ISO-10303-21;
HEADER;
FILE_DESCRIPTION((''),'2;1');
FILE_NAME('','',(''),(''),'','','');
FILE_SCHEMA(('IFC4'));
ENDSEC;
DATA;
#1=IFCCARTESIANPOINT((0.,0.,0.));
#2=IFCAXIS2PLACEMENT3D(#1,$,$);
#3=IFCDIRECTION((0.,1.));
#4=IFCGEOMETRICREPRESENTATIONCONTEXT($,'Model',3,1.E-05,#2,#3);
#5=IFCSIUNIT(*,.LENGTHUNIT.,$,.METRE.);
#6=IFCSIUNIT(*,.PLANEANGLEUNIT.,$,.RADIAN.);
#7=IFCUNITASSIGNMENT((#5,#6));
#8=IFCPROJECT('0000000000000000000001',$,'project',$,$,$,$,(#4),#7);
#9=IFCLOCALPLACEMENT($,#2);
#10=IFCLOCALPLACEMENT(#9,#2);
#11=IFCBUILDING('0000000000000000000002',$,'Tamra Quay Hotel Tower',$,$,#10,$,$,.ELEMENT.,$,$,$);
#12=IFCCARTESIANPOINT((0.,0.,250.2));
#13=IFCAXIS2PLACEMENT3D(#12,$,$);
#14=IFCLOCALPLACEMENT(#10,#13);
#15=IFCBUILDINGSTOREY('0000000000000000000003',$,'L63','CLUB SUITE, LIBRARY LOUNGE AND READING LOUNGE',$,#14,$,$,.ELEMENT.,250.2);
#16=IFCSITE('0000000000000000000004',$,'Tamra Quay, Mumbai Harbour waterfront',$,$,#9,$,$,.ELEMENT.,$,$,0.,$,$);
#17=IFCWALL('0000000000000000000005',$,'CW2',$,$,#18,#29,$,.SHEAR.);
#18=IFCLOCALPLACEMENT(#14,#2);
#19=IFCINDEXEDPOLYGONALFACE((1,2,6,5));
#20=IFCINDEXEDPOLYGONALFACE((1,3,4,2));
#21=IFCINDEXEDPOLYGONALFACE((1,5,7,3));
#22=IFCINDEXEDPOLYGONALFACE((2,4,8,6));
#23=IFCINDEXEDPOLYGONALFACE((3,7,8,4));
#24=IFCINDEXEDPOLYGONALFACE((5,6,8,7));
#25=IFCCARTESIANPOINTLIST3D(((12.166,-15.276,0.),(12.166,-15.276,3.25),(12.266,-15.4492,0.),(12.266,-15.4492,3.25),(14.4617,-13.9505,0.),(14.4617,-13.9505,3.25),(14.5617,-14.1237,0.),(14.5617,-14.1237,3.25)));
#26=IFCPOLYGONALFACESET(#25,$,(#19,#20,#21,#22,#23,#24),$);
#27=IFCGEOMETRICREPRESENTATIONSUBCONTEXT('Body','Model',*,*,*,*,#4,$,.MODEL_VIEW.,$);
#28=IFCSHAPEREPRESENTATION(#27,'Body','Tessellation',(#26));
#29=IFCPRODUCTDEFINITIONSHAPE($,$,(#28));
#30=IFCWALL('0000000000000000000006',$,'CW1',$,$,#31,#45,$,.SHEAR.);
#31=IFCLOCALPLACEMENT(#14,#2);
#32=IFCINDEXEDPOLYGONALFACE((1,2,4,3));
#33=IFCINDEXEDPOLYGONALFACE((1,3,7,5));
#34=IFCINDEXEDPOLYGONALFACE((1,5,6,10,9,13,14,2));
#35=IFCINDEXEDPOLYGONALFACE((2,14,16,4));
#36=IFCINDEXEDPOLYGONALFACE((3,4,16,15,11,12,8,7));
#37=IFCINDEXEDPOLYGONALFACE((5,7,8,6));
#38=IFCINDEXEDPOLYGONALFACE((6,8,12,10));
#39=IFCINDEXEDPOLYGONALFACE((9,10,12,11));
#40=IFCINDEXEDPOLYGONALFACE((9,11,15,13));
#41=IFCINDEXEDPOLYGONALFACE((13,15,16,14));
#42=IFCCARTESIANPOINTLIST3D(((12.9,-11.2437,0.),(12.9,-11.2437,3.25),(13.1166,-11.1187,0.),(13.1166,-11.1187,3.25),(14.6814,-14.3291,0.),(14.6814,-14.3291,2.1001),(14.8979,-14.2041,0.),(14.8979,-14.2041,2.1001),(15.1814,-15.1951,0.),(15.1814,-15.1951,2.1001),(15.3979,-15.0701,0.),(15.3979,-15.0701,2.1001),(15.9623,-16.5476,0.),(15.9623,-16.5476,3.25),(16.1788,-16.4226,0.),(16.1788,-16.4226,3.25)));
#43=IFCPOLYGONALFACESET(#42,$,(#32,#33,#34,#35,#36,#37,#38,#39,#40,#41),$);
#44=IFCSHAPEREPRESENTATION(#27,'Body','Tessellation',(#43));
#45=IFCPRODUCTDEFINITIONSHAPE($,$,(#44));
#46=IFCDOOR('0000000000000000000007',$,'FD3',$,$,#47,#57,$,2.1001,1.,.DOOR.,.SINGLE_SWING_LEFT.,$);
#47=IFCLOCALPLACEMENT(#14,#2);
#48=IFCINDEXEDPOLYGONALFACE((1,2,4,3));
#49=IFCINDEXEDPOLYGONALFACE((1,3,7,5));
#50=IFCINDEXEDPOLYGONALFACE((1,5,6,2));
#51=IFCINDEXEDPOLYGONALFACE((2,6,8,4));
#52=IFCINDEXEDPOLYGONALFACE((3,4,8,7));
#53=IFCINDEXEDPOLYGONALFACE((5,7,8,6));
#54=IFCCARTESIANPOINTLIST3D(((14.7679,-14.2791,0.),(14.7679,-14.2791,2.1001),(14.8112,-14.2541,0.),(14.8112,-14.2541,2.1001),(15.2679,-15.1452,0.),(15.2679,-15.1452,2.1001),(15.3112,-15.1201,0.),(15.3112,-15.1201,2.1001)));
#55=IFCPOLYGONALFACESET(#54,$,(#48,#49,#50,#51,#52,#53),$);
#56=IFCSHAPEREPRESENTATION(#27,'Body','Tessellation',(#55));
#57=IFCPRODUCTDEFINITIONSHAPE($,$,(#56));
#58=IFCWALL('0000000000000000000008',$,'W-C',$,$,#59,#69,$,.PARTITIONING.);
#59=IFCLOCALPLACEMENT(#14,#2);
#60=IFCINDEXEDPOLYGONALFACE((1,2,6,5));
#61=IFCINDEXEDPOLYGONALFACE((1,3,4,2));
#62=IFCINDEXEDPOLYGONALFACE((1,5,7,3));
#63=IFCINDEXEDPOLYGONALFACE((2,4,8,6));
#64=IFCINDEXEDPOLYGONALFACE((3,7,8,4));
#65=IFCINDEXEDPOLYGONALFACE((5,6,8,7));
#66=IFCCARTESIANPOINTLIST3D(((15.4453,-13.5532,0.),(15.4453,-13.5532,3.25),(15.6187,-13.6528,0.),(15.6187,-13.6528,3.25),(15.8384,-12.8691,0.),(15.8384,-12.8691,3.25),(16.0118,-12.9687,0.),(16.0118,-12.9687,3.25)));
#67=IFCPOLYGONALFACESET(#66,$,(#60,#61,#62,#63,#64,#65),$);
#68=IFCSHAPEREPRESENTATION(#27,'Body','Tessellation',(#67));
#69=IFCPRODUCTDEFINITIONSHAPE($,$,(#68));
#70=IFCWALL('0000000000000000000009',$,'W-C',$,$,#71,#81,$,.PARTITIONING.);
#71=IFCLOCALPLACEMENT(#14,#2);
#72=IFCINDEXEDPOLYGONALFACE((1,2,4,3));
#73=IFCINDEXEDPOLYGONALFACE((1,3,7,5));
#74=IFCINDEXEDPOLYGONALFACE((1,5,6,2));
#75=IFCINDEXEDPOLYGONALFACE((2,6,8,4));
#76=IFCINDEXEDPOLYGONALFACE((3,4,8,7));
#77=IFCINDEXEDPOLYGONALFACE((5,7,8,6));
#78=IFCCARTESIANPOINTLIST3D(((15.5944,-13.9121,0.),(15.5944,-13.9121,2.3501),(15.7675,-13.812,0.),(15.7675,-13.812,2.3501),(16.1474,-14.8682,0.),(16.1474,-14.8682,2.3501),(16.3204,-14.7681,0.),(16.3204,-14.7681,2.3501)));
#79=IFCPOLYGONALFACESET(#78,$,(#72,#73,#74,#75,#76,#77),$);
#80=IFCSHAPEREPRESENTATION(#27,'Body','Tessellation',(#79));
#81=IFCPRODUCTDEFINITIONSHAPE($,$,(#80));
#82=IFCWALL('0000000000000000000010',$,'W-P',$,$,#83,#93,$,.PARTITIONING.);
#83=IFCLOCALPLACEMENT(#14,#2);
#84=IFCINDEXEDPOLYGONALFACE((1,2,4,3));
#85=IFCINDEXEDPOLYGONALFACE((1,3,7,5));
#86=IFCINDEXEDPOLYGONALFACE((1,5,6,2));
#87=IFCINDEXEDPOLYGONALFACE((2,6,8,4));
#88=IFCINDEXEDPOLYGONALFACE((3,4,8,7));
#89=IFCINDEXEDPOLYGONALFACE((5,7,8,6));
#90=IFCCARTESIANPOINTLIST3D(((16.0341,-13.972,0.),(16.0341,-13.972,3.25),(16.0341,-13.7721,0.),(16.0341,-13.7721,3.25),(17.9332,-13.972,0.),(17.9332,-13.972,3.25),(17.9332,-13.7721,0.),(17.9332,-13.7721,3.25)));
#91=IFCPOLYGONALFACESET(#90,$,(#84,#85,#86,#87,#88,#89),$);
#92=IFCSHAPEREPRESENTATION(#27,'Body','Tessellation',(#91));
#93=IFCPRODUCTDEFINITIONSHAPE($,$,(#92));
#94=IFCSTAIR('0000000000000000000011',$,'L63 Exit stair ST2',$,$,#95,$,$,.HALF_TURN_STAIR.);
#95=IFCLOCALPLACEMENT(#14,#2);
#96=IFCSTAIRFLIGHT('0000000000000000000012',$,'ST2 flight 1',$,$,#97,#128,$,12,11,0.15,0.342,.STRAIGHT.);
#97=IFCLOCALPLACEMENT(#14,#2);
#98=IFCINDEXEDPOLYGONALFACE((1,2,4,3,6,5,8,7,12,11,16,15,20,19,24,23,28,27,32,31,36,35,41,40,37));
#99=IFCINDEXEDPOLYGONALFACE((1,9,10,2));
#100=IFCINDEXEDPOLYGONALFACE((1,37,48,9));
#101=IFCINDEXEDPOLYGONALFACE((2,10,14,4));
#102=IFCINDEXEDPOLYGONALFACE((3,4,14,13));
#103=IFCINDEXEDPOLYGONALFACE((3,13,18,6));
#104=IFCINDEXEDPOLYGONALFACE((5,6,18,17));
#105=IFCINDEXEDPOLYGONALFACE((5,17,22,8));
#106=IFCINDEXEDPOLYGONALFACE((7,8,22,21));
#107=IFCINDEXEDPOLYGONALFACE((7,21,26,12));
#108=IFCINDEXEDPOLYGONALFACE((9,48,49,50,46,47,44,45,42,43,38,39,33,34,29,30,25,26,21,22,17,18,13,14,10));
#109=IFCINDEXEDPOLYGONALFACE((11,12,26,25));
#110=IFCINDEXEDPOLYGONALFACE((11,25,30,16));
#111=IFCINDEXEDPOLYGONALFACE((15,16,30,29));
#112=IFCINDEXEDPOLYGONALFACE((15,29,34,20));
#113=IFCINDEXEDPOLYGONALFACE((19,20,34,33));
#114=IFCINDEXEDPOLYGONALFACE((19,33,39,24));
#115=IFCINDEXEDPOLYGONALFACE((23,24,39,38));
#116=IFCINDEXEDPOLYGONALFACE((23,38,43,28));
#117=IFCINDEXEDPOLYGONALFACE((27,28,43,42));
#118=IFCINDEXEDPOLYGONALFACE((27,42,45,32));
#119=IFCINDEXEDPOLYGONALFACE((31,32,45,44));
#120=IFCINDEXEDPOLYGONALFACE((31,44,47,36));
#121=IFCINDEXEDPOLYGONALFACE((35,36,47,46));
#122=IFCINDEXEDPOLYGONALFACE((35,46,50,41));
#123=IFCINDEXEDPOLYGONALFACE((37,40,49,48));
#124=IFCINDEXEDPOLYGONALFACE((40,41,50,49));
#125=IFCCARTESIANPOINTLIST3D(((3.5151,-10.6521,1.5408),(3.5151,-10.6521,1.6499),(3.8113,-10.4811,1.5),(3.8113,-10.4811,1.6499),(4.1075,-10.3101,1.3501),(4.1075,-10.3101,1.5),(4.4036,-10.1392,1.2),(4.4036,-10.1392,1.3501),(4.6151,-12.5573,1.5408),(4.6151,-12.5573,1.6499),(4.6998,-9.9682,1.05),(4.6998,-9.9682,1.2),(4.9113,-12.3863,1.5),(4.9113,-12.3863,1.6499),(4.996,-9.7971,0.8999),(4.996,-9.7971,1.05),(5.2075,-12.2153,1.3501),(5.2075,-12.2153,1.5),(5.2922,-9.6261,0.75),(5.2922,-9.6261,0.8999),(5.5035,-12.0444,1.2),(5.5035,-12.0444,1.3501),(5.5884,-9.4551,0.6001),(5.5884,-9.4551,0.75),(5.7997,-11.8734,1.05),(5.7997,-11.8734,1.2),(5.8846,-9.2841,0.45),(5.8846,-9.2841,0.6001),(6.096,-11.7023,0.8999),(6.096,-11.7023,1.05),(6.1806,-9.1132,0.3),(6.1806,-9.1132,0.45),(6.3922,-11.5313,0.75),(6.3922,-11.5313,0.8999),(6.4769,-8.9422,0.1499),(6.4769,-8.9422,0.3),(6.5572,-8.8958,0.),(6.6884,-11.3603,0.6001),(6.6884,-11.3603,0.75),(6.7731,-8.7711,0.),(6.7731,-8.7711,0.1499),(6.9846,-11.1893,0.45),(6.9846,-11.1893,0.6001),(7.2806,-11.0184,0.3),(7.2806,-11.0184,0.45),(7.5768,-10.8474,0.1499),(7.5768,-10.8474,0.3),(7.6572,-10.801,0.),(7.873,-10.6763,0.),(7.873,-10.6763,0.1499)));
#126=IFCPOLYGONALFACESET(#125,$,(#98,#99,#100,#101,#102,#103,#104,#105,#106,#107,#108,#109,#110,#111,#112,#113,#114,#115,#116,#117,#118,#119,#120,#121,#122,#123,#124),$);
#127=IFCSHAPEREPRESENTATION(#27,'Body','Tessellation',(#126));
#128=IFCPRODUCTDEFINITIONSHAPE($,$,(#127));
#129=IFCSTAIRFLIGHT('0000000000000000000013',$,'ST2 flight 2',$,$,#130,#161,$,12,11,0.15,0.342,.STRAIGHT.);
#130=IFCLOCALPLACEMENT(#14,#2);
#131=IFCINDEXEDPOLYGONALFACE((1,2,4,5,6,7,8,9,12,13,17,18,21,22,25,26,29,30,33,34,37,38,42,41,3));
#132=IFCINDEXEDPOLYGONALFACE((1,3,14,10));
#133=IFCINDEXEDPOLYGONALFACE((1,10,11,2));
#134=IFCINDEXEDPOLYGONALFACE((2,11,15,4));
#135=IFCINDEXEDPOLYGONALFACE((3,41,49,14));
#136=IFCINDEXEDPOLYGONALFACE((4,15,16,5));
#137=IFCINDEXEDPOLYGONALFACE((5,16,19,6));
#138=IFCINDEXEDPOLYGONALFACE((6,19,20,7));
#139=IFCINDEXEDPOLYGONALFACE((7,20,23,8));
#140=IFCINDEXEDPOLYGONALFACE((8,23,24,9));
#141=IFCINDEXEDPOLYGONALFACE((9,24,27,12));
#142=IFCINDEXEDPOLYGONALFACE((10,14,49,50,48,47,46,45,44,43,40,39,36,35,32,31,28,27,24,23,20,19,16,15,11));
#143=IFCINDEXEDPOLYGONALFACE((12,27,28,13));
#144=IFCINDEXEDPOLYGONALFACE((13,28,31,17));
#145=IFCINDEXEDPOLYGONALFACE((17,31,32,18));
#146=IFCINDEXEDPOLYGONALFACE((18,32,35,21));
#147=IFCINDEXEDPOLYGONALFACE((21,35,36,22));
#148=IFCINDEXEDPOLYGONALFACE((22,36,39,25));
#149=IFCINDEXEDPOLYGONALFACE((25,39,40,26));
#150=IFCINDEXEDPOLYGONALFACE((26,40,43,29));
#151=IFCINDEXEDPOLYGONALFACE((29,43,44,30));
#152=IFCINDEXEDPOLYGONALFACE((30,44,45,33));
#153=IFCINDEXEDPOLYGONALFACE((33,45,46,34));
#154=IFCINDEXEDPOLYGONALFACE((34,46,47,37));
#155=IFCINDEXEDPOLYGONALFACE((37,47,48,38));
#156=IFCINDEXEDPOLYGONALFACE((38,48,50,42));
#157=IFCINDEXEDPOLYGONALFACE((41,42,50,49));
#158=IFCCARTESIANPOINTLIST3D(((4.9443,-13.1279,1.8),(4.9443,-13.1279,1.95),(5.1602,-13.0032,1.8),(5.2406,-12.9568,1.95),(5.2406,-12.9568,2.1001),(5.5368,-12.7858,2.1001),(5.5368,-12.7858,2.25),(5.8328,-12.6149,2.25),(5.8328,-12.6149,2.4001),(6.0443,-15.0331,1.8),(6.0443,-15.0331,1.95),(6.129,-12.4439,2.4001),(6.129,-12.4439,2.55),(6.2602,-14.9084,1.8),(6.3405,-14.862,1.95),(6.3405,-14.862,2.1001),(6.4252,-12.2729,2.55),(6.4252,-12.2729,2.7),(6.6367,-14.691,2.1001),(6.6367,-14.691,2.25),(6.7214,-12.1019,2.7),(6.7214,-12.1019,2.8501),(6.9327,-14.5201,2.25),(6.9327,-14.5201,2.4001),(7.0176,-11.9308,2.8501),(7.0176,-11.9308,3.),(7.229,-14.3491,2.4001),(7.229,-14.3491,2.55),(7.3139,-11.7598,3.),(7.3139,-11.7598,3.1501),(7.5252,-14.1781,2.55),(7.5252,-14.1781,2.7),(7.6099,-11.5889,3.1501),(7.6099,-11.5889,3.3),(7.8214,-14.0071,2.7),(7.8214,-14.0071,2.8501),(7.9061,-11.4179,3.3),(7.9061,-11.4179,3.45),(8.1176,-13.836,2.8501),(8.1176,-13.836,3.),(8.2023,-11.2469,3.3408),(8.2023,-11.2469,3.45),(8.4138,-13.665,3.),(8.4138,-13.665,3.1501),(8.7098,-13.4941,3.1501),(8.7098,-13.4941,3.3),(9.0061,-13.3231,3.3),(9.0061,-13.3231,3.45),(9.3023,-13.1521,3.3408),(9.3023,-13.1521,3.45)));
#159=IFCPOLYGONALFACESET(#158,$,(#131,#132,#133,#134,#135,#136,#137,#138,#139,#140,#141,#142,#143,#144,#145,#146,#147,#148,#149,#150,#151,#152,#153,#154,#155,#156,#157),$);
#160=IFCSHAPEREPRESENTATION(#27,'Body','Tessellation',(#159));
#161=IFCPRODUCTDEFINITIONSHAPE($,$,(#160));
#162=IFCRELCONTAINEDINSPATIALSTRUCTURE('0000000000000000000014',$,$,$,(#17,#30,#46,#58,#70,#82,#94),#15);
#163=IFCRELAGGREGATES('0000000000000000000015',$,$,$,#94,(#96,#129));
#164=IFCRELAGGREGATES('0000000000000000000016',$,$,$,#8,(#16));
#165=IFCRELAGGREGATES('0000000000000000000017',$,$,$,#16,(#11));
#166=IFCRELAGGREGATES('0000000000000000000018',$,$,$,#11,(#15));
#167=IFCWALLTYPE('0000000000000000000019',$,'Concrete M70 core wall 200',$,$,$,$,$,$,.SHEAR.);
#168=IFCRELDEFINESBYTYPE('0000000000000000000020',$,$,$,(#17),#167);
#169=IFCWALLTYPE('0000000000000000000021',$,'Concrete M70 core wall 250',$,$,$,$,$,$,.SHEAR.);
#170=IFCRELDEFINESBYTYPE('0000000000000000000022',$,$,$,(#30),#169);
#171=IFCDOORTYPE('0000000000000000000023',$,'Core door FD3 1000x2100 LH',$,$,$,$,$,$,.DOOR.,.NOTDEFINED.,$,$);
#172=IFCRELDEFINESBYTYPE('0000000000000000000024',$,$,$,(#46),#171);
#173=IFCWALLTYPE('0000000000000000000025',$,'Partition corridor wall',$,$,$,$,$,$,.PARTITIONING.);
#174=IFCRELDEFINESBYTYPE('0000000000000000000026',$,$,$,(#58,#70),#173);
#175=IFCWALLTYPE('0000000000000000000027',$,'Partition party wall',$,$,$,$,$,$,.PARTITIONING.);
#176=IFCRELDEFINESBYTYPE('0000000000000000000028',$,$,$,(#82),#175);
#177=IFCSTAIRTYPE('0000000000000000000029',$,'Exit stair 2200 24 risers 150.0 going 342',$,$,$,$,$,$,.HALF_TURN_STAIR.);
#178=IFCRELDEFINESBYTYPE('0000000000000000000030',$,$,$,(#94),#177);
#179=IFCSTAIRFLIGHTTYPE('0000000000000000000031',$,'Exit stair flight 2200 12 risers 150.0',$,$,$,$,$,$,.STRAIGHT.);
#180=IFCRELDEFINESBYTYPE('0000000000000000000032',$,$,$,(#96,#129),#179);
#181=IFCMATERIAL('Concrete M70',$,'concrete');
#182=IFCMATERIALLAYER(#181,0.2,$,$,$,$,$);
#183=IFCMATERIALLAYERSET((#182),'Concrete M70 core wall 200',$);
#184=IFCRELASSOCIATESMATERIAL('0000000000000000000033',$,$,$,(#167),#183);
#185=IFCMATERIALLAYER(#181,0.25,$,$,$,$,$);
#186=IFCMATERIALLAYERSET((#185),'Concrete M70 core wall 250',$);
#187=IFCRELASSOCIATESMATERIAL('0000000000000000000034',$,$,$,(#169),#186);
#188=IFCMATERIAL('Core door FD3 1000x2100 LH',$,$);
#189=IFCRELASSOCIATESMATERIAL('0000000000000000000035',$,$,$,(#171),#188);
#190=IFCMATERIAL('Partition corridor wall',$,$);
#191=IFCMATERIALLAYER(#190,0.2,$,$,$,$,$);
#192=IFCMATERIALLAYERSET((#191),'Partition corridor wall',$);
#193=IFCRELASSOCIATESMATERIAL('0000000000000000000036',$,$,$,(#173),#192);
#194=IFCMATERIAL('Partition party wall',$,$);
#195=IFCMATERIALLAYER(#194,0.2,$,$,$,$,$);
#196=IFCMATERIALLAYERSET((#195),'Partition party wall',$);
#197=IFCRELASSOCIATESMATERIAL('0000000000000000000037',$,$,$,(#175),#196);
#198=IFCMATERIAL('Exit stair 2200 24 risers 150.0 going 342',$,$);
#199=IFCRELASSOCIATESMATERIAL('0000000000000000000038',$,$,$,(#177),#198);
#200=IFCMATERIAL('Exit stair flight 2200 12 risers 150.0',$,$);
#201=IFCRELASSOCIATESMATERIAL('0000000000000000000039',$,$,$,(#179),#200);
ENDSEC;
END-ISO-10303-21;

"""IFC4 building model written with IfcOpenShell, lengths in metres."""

from ifc_helpers import new_model, si_unit, direction, frame, frame_2d, origin, place, context, subcontext, project, spatial, polyline, rectangle, outline, extrude, material, layer, layer_set, type_object, element, fill, aggregate, save


model = new_model("IFC4")

# Units and contexts
model_context = context("Model", 3, precision=1e-05, world=origin(), true_north=direction((0.0, 1.0)))
body_context = subcontext(model_context, "Body", "Model", "MODEL_VIEW")
ifc_project = project(units=[si_unit("LENGTHUNIT", "METRE"), si_unit("PLANEANGLEUNIT", "RADIAN")], contexts=[model_context])

# Site, building, storey
site_placement = place(None, origin())
site = spatial("IfcSite", under=ifc_project, at=site_placement, Name="Tamra Quay, Mumbai Harbour waterfront", CompositionType="ELEMENT", RefElevation=0.0)
building_placement = place(site_placement, origin())
building = spatial("IfcBuilding", under=site, at=building_placement, Name="Tamra Quay Hotel Tower", CompositionType="ELEMENT")
storey_placement = place(building_placement, frame((0.0, 0.0, 250.2)))
storey = spatial("IfcBuildingStorey", under=building, at=storey_placement, Name="L63", Description="CLUB SUITE, LIBRARY LOUNGE AND READING LOUNGE", CompositionType="ELEMENT", Elevation=250.2)

# Shared definitions
ifc_material_1 = material(Name="Concrete M70", Category="concrete")

# Shared definitions
ifc_layer_1 = layer(ifc_material_1, 0.2)
ifc_layer_set_1 = layer_set([ifc_layer_1], Name="Concrete M70 core wall 200")
wall_type_1 = type_object("IfcWallType", Name="Concrete M70 core wall 200", PredefinedType="SHEAR", material=ifc_layer_set_1)

# Wall
wall_1_placement = place(storey_placement, frame((14.5117, -14.0371, 0.0), z_axis=(0.0, 0.0, 1.0), x_axis=(-0.866018, -0.500012, 0.0)))
element("IfcWall", 1, at=wall_1_placement, inside=storey, type_object=wall_type_1, Name="CW2", PredefinedType="SHEAR", context=body_context, shape_type="SweptSolid", body=[
    extrude(rectangle(XDim=2.6509, YDim=0.2, at=frame_2d((1.3254, 0.0))), origin(), (0.0, 0.0, 1.0), 3.25),
])

# Wall, opening, door
ifc_layer_2 = layer(ifc_material_1, 0.25)
ifc_layer_set_2 = layer_set([ifc_layer_2], Name="Concrete M70 core wall 250")
wall_type_2 = type_object("IfcWallType", Name="Concrete M70 core wall 250", PredefinedType="SHEAR", material=ifc_layer_set_2)
wall_2_placement = place(storey_placement, frame((13.0083, -11.1812, 0.0), z_axis=(0.0, 0.0, 1.0), x_axis=(0.500002, -0.866024, 0.0)))
wall_2 = element("IfcWall", 2, at=wall_2_placement, inside=storey, type_object=wall_type_2, Name="CW1", PredefinedType="SHEAR", context=body_context, shape_type="SweptSolid", body=[
    extrude(rectangle(XDim=6.1245, YDim=0.25, at=frame_2d((3.0623, 0.0))), origin(), (0.0, 0.0, 1.0), 3.25),
])
opening_1_placement = place(wall_2_placement, frame((3.5627, 0.0, 0.0)))
opening_1 = element("IfcOpeningElement", 3, at=opening_1_placement, cuts=wall_2, PredefinedType="OPENING", context=body_context, shape_type="SweptSolid", body=[
    extrude(rectangle(XDim=1.0, YDim=2.1001, at=frame_2d((0.5, 1.05))), frame((0.0, 0.135, 0.0), z_axis=(0.0, -1.0, 0.0), x_axis=(1.0, 0.0, 0.0)), (0.0, 0.0, 1.0), 0.27),
])
ifc_material_2 = material(Name="Core door FD3 1000x2100 LH")
door_type_1 = type_object("IfcDoorType", Name="Core door FD3 1000x2100 LH", OperationType="NOTDEFINED", PredefinedType="DOOR", material=ifc_material_2)
door_1_placement = place(opening_1_placement, origin())
door_1 = element("IfcDoor", 4, at=door_1_placement, inside=storey, type_object=door_type_1, Name="FD3", OperationType="SINGLE_SWING_LEFT", OverallHeight=2.1001, OverallWidth=1.0, PredefinedType="DOOR", context=body_context, shape_type="SweptSolid", body=[
    extrude(rectangle(XDim=1.0, YDim=2.1001, at=frame_2d((0.5, 1.05))), frame((0.0, 0.0249, 0.0), z_axis=(0.0, -1.0, 0.0), x_axis=(1.0, 0.0, 0.0)), (0.0, 0.0, 1.0), 0.05),
])
fill(opening_1, door_1)

# Walls
ifc_material_3 = material(Name="Partition corridor wall")
ifc_layer_3 = layer(ifc_material_3, 0.2)
ifc_layer_set_3 = layer_set([ifc_layer_3], Name="Partition corridor wall")
wall_type_3 = type_object("IfcWallType", Name="Partition corridor wall", PredefinedType="PARTITIONING", material=ifc_layer_set_3)
wall_3_placement = place(storey_placement, frame((15.532, -13.603, 0.0), z_axis=(0.0, 0.0, 1.0), x_axis=(0.498204, 0.86706, 0.0)))
element("IfcWall", 5, at=wall_3_placement, inside=storey, type_object=wall_type_3, Name="W-C", PredefinedType="PARTITIONING", context=body_context, shape_type="SweptSolid", body=[
    extrude(rectangle(XDim=0.7891, YDim=0.2, at=frame_2d((0.3945, 0.0))), origin(), (0.0, 0.0, 1.0), 3.25),
])
wall_4_placement = place(storey_placement, frame((15.6809, -13.8621, 0.0), z_axis=(0.0, 0.0, 1.0), x_axis=(0.500679, -0.865633, 0.0)))
element("IfcWall", 6, at=wall_4_placement, inside=storey, type_object=wall_type_3, Name="W-C", PredefinedType="PARTITIONING", context=body_context, shape_type="SweptSolid", body=[
    extrude(rectangle(XDim=1.1045, YDim=0.2, at=frame_2d((0.5522, 0.0))), origin(), (0.0, 0.0, 1.0), 2.3501),
])
ifc_material_4 = material(Name="Partition party wall")
ifc_layer_4 = layer(ifc_material_4, 0.2)
ifc_layer_set_4 = layer_set([ifc_layer_4], Name="Partition party wall")
wall_type_4 = type_object("IfcWallType", Name="Partition party wall", PredefinedType="PARTITIONING", material=ifc_layer_set_4)
wall_5_placement = place(storey_placement, frame((17.9333, -13.8721, 0.0), z_axis=(0.0, 0.0, 1.0), x_axis=(-1.0, 0.0, 0.0)))
element("IfcWall", 7, at=wall_5_placement, inside=storey, type_object=wall_type_4, Name="W-P", PredefinedType="PARTITIONING", context=body_context, shape_type="SweptSolid", body=[
    extrude(rectangle(XDim=1.8992, YDim=0.2, at=frame_2d((0.9497, 0.0))), origin(), (0.0, 0.0, 1.0), 3.25),
])

# Stair, stair flights
ifc_material_5 = material(Name="Exit stair 2200 24 risers 150.0 going 342")
stair_type = type_object("IfcStairType", Name="Exit stair 2200 24 risers 150.0 going 342", PredefinedType="HALF_TURN_STAIR", material=ifc_material_5)
stair_placement = place(storey_placement, origin())
stair = element("IfcStair", 8, at=stair_placement, inside=storey, type_object=stair_type, Name="L63 Exit stair ST2", PredefinedType="HALF_TURN_STAIR")
ifc_material_6 = material(Name="Exit stair flight 2200 12 risers 150.0")
stair_flight_type = type_object("IfcStairFlightType", Name="Exit stair flight 2200 12 risers 150.0", PredefinedType="STRAIGHT", material=ifc_material_6)
stair_flight_1_placement = place(storey_placement, frame((7.323, -9.7236, 0.0), z_axis=(0.0, 0.0, 1.0), x_axis=(-0.866025, -0.5, 0.0)))
stair_flight_1 = element("IfcStairFlight", 9, at=stair_flight_1_placement, type_object=stair_flight_type, Name="ST2 flight 1", NumberOfRisers=12, NumberOfTreads=11, PredefinedType="STRAIGHT", RiserHeight=0.15, TreadLength=0.342, context=body_context, shape_type="SweptSolid", body=[
    extrude(outline(polyline([(0.0, 0.0), (0.0, 0.1499), (0.342, 0.1499), (0.342, 0.3), (0.6841, 0.3), (0.6841, 0.45), (1.0259, 0.45), (1.0259, 0.6001), (1.3679, 0.6001), (1.3679, 0.75), (1.71, 0.75), (1.71, 0.8999), (2.052, 0.8999), (2.052, 1.05), (2.394, 1.05), (2.394, 1.2), (2.7361, 1.2), (2.7361, 1.3501), (3.0779, 1.3501), (3.0779, 1.5), (3.4199, 1.5), (3.4199, 1.6499), (3.762, 1.6499), (3.762, 1.8), (3.762, 1.5408), (0.2493, 0.0), (0.0, 0.0)])), frame((0.0, 1.1001, 0.0), z_axis=(0.0, -1.0, 0.0), x_axis=(1.0, 0.0, 0.0)), (0.0, 0.0, 1.0), 2.2),
])
stair_flight_2_placement = place(storey_placement, frame((5.4944, -14.0806, 1.8), z_axis=(0.0, 0.0, 1.0), x_axis=(0.866025, 0.5, 0.0)))
stair_flight_2 = element("IfcStairFlight", 10, at=stair_flight_2_placement, type_object=stair_flight_type, Name="ST2 flight 2", NumberOfRisers=12, NumberOfTreads=11, PredefinedType="STRAIGHT", RiserHeight=0.15, TreadLength=0.342, context=body_context, shape_type="SweptSolid", body=[
    extrude(outline(polyline([(0.0, 0.0), (0.0, 0.1499), (0.342, 0.1499), (0.342, 0.3), (0.6841, 0.3), (0.6841, 0.45), (1.0259, 0.45), (1.0259, 0.6001), (1.3679, 0.6001), (1.3679, 0.75), (1.71, 0.75), (1.71, 0.8999), (2.052, 0.8999), (2.052, 1.05), (2.394, 1.05), (2.394, 1.2), (2.7361, 1.2), (2.7361, 1.3501), (3.0779, 1.3501), (3.0779, 1.5), (3.4199, 1.5), (3.4199, 1.6499), (3.762, 1.6499), (3.762, 1.8), (3.762, 1.5408), (0.2493, 0.0), (0.0, 0.0)])), frame((0.0, 1.1001, 0.0), z_axis=(0.0, -1.0, 0.0), x_axis=(1.0, 0.0, 0.0)), (0.0, 0.0, 1.0), 2.2),
])
aggregate(stair, [stair_flight_1, stair_flight_2])

save(model, "model.ifc")
